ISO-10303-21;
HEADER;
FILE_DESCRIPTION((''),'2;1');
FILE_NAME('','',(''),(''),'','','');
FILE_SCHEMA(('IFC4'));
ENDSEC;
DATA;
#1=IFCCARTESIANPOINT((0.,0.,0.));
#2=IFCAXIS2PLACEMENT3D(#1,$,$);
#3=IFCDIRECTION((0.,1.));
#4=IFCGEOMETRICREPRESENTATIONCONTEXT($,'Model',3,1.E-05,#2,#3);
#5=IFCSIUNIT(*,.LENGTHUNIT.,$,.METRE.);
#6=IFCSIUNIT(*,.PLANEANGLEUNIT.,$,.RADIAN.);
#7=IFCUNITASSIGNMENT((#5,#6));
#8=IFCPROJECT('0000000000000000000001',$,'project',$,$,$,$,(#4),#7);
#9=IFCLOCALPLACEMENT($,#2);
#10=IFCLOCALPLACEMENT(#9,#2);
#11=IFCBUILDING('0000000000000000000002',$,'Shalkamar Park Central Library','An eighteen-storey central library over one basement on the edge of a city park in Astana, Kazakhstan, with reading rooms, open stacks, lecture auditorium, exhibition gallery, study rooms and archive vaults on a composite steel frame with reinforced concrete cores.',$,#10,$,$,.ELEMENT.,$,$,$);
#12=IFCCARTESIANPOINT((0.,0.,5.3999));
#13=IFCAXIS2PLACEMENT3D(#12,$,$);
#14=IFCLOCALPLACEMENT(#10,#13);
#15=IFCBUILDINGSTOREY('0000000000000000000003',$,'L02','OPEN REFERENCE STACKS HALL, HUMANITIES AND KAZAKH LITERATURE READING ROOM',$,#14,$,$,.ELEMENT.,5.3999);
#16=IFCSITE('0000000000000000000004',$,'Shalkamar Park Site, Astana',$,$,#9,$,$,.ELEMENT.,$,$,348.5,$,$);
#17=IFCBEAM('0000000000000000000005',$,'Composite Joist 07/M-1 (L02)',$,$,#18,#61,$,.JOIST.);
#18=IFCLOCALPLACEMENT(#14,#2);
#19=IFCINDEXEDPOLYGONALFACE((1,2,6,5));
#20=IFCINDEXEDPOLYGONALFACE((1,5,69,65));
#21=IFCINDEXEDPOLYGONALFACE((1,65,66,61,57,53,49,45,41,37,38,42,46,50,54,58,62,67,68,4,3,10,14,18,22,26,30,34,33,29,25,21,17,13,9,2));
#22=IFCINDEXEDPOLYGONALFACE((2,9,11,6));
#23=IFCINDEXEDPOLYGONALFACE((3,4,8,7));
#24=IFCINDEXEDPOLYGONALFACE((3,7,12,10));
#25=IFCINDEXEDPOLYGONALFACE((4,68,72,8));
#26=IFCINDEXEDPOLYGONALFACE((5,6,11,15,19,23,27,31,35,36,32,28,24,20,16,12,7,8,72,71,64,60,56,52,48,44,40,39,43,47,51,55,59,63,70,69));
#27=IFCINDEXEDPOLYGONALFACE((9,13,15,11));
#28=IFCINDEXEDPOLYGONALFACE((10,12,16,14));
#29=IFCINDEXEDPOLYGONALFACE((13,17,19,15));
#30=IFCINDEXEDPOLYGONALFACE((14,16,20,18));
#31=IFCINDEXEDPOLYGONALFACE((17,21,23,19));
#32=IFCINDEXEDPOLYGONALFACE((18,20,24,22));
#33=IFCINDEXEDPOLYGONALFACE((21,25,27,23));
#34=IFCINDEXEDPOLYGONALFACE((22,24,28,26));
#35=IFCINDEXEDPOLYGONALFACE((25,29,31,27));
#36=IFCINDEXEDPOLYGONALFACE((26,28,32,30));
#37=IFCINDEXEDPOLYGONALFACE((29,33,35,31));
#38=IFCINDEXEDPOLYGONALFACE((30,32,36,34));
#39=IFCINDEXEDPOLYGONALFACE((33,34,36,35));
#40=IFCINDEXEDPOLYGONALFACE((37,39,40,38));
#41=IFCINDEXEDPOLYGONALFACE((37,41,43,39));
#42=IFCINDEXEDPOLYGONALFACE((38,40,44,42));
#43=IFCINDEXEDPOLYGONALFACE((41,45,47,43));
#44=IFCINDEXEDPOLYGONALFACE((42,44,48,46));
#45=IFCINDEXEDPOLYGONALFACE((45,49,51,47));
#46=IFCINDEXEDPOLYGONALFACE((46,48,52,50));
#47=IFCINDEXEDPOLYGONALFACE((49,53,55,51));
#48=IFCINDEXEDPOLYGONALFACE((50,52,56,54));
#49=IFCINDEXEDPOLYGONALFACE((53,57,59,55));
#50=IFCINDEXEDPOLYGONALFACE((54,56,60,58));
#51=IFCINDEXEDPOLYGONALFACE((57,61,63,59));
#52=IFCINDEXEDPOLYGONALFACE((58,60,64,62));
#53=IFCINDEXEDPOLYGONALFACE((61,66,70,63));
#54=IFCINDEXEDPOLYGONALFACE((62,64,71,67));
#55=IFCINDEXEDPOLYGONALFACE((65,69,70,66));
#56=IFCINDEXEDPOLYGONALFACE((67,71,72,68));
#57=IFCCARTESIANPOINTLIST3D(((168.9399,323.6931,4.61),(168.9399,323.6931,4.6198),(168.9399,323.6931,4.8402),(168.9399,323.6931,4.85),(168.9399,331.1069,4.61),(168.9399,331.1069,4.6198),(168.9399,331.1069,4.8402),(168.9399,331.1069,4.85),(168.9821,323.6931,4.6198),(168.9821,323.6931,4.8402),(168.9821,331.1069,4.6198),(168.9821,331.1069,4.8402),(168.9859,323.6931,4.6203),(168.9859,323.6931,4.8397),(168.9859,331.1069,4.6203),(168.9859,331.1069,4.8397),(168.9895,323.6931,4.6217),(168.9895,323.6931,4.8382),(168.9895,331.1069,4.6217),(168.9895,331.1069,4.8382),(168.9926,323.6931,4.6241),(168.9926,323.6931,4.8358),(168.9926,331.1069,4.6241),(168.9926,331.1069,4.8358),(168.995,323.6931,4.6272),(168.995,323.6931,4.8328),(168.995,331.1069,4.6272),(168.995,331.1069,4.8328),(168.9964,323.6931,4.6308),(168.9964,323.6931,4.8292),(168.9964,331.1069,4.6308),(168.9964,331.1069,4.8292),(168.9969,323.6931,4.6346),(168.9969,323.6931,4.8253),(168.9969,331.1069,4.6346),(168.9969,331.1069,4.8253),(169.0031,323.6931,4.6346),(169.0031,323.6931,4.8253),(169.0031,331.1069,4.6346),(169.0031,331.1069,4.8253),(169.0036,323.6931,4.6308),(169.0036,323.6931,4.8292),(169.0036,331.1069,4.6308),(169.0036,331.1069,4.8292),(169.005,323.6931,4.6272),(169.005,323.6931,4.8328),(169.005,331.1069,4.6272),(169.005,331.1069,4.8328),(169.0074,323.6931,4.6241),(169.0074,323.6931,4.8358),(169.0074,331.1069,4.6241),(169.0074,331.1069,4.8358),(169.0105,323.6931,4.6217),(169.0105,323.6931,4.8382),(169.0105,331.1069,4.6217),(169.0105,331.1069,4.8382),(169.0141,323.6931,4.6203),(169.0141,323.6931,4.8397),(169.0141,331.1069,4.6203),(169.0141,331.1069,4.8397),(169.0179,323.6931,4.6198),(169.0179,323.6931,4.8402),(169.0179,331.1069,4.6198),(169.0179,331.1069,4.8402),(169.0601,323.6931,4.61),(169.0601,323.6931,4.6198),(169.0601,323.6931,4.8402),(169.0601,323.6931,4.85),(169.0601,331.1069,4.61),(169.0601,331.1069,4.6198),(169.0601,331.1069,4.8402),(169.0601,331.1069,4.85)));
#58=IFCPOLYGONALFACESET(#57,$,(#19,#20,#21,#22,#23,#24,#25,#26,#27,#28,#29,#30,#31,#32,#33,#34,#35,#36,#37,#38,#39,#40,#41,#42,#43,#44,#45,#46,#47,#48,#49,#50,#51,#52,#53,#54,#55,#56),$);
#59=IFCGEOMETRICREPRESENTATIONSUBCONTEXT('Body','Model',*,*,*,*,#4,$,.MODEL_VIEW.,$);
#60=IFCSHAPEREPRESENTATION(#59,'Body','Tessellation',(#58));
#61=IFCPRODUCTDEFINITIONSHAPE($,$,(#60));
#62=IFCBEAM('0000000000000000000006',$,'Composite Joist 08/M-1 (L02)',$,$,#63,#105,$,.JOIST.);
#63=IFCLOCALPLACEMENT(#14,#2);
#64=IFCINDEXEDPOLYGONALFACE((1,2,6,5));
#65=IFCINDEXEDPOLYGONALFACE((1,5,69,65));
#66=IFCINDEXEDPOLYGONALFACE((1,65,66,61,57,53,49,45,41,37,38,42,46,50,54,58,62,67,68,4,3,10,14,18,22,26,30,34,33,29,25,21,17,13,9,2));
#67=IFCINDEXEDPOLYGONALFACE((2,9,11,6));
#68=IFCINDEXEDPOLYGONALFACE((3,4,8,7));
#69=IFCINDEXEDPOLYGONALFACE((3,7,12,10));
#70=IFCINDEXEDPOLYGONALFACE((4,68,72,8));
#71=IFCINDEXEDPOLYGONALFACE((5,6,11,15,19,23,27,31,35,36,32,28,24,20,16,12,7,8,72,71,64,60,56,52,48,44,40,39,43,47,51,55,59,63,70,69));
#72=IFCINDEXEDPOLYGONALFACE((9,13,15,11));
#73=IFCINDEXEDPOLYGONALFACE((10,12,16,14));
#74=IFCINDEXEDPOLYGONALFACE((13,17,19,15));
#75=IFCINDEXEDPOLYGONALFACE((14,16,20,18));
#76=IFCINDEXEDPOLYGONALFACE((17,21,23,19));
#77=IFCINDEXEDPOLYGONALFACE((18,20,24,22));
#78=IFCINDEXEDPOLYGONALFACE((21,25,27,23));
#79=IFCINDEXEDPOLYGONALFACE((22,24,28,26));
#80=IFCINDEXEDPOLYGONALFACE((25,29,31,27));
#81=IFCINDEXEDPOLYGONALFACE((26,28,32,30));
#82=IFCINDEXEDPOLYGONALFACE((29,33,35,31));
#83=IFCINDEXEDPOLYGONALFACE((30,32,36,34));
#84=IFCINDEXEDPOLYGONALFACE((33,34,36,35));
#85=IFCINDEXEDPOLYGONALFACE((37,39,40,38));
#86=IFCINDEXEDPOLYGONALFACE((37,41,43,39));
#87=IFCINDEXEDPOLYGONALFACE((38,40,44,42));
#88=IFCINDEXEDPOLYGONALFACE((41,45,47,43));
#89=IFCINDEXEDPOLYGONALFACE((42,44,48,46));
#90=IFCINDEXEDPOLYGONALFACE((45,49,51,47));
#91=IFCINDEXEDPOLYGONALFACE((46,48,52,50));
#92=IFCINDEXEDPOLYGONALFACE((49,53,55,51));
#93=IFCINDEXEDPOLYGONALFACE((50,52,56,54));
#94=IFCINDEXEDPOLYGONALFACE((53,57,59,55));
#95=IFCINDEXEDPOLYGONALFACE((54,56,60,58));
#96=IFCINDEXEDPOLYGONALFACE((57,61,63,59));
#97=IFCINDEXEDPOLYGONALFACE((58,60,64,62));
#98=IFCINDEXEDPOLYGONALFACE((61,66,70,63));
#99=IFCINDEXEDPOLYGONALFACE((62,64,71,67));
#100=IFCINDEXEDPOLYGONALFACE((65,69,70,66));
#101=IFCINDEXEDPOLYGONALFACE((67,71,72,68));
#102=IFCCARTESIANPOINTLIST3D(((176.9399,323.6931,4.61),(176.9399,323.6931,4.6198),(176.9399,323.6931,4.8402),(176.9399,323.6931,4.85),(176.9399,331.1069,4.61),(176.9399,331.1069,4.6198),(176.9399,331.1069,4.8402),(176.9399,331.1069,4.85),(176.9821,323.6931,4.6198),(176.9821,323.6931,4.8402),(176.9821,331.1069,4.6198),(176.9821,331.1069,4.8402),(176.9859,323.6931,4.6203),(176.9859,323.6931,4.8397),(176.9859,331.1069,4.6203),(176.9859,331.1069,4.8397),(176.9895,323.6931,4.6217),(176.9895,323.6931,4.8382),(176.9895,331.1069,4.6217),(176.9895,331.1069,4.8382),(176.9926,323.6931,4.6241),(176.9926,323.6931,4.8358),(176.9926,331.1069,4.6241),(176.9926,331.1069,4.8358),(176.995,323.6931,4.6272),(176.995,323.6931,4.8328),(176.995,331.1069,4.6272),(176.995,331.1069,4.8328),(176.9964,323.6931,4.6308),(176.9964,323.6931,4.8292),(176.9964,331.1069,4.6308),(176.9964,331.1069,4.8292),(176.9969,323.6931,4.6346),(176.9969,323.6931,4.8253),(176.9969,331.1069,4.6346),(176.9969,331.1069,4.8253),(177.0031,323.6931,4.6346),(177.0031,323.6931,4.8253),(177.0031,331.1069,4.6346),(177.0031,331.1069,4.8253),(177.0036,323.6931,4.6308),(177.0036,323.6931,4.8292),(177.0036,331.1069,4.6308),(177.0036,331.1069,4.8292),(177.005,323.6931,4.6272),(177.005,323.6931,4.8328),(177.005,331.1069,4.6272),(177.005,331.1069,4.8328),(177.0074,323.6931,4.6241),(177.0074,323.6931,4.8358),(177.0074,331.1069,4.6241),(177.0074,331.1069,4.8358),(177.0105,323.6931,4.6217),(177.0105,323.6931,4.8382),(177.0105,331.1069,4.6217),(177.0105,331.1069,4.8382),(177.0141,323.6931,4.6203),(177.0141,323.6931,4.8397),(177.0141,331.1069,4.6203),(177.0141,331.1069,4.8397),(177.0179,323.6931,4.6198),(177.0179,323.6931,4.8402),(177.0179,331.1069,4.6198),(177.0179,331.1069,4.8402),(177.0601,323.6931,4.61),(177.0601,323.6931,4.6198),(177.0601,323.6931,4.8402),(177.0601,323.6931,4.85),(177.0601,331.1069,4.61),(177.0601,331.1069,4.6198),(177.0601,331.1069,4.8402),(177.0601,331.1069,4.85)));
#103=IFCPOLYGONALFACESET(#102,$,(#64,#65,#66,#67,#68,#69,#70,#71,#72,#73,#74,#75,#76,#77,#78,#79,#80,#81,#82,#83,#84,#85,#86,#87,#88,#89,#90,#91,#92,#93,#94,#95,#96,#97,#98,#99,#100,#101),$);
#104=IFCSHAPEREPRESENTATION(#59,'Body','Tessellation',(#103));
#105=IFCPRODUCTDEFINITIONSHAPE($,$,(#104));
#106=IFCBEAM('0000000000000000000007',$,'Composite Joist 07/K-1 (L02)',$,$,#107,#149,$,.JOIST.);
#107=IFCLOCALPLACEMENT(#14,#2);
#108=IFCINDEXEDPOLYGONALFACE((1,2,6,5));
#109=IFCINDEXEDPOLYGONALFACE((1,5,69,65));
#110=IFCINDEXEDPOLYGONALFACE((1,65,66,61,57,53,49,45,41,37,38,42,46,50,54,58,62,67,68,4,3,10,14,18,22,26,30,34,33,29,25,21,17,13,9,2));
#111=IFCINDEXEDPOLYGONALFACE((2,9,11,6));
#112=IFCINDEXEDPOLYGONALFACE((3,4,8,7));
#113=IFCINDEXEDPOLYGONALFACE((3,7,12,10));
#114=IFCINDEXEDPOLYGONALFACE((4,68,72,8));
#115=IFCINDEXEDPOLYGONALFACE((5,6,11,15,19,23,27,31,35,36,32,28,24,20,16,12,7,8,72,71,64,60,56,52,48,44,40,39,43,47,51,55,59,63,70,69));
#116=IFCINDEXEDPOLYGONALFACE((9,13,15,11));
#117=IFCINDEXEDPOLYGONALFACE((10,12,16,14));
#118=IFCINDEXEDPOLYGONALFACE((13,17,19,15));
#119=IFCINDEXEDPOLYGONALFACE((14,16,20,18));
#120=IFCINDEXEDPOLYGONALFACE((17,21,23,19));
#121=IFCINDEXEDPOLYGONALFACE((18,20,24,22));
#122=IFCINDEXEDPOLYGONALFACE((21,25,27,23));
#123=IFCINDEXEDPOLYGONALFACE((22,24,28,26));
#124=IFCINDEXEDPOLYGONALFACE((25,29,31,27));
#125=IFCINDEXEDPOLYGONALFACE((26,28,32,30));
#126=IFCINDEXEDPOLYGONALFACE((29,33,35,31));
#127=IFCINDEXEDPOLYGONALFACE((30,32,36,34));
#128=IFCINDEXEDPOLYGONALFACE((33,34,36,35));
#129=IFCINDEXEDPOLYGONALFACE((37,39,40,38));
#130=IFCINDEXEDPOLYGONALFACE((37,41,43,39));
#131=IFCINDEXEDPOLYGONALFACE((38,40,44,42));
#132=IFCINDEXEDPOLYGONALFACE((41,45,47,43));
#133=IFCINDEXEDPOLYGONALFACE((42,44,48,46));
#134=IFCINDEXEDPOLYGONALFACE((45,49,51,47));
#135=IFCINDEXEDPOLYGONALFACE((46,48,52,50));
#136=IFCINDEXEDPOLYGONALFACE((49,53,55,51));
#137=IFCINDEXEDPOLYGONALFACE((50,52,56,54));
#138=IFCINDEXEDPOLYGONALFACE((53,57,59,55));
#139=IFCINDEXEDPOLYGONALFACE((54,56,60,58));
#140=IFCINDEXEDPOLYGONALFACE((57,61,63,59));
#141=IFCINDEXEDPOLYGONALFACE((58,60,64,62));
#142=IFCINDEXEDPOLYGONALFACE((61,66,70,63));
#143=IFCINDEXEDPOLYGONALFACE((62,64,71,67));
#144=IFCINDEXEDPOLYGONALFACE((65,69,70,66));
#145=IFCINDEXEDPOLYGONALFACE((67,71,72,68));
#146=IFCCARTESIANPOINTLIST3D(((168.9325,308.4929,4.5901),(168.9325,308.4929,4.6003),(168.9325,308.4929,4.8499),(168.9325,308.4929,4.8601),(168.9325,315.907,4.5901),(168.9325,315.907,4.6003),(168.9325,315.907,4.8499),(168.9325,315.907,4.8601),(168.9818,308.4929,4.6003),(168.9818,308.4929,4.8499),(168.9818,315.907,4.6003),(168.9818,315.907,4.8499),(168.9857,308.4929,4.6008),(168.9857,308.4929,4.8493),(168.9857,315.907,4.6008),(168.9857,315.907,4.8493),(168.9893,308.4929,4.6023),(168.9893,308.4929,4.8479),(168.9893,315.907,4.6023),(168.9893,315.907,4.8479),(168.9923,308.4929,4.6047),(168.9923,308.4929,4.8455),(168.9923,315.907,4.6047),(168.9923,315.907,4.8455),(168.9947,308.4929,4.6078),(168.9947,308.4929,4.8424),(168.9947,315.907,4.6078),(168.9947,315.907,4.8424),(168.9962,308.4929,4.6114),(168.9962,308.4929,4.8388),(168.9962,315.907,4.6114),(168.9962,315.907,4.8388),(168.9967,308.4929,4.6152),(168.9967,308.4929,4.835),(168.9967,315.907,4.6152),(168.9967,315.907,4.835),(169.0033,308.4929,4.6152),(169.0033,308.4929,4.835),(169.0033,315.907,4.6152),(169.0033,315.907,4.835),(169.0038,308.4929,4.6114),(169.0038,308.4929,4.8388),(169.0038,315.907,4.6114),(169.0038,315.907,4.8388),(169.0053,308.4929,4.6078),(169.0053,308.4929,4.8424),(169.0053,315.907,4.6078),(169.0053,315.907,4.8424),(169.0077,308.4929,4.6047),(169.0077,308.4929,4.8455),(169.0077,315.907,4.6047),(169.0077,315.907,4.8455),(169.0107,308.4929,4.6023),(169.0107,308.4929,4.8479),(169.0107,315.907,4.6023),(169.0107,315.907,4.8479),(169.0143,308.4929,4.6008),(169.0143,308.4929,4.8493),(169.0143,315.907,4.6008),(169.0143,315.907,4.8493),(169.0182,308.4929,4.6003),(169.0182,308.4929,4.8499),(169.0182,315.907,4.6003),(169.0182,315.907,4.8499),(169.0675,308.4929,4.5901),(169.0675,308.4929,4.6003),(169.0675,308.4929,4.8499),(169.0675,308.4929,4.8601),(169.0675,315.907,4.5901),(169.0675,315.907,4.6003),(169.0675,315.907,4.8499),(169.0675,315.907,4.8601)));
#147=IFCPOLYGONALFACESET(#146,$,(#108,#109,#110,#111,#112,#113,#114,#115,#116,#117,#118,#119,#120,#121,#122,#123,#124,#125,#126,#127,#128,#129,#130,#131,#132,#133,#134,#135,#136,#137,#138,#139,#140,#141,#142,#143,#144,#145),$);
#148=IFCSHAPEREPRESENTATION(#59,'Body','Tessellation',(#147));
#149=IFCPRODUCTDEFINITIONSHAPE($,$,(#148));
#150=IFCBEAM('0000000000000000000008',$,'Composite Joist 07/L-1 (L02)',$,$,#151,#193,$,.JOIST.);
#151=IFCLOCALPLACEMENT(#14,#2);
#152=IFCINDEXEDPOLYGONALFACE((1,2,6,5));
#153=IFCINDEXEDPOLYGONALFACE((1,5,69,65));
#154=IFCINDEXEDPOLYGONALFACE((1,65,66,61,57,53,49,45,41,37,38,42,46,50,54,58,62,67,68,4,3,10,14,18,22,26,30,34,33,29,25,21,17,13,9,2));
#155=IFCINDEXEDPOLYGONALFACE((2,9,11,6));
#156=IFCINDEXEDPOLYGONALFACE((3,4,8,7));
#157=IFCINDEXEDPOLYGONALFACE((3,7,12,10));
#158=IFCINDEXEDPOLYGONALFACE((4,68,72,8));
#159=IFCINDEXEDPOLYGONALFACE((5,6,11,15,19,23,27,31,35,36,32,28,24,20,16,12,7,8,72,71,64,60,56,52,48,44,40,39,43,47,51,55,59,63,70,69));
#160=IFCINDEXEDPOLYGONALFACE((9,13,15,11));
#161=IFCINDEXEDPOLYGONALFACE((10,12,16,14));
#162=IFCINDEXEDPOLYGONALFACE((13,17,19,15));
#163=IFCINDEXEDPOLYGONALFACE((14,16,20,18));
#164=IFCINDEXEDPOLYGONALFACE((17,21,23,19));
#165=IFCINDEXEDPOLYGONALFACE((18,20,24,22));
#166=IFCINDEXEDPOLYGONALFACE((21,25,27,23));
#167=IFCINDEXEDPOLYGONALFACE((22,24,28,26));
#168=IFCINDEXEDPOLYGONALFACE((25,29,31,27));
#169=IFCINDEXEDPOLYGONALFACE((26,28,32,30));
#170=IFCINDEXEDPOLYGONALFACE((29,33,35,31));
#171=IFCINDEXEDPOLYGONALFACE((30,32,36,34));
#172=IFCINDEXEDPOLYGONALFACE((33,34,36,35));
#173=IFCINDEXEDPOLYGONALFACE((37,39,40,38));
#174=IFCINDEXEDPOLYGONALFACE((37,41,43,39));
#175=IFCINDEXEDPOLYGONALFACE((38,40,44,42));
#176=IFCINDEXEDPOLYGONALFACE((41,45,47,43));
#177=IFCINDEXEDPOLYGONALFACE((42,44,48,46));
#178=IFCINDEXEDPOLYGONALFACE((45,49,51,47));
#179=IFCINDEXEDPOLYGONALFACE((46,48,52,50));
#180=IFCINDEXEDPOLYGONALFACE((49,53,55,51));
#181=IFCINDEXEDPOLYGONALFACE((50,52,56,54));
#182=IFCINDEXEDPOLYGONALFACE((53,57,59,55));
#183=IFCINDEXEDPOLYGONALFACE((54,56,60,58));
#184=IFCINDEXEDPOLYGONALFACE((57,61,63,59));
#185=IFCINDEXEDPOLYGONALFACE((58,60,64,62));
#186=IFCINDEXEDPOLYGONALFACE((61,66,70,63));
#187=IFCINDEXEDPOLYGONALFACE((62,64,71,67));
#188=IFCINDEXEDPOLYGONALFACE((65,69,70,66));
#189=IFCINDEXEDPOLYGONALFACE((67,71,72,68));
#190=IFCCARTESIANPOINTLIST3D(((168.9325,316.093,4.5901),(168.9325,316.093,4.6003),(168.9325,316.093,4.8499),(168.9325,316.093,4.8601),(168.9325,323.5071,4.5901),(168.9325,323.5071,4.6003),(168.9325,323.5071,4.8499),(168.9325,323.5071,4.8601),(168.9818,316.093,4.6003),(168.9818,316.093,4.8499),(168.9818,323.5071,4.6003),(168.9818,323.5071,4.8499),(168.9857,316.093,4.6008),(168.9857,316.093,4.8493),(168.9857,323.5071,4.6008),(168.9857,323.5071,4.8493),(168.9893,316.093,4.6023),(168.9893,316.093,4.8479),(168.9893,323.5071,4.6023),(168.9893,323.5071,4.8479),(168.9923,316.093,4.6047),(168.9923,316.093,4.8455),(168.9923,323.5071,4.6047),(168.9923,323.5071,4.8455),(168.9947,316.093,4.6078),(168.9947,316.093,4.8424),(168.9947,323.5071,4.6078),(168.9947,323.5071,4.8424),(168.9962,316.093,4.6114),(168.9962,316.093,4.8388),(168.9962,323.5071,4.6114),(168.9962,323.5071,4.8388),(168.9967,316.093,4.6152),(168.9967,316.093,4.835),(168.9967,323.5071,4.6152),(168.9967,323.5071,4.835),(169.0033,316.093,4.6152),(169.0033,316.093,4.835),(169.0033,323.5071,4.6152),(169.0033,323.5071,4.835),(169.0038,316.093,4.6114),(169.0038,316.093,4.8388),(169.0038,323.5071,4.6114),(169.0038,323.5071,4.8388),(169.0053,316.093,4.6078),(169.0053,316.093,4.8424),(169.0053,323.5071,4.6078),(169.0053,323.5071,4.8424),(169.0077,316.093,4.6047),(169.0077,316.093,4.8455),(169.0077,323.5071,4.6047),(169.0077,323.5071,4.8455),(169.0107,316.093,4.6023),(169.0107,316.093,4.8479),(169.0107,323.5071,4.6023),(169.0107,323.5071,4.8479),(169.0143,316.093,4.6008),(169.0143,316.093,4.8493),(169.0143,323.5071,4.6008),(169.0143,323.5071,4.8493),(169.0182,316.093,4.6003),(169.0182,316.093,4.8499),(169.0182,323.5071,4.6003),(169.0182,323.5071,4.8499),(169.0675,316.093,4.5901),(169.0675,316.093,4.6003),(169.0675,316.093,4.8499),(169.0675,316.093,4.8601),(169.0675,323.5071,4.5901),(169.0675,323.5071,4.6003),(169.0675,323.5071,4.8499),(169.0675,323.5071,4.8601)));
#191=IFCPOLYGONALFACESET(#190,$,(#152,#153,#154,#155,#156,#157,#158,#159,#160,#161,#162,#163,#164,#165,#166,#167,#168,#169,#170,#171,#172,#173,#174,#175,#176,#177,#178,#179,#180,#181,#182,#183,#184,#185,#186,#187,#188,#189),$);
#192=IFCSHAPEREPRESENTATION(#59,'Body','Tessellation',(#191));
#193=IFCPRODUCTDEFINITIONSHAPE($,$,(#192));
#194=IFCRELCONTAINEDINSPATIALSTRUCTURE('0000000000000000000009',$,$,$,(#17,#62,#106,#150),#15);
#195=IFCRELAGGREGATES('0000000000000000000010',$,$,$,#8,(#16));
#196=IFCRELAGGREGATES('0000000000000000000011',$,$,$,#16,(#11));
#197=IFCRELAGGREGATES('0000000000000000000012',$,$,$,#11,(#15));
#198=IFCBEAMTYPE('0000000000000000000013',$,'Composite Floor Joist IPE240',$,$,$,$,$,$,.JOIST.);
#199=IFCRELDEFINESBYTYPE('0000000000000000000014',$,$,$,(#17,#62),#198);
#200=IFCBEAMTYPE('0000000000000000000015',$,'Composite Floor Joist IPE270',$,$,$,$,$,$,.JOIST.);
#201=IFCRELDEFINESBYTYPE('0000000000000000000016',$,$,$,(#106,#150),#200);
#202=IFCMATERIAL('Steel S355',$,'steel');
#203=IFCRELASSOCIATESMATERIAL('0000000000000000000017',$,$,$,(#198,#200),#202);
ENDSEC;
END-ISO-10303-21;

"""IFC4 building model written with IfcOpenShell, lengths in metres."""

from ifc_helpers import new_model, si_unit, direction, frame, origin, origin_2d, place, context, subcontext, project, spatial, i_section, extrude, material, material_profile, profile_set, type_object, element, save


model = new_model("IFC4")

# Units and contexts
model_context = context("Model", 3, precision=1e-05, world=origin(), true_north=direction((0.0, 1.0)))
body_context = subcontext(model_context, "Body", "Model", "MODEL_VIEW")
ifc_project = project(units=[si_unit("LENGTHUNIT", "METRE"), si_unit("PLANEANGLEUNIT", "RADIAN")], contexts=[model_context])

# Site, building, storey
site_placement = place(None, origin())
site = spatial("IfcSite", under=ifc_project, at=site_placement, Name="Shalkamar Park Site, Astana", CompositionType="ELEMENT", RefElevation=348.5)
building_placement = place(site_placement, origin())
building = spatial("IfcBuilding", under=site, at=building_placement, Name="Shalkamar Park Central Library", Description="An eighteen-storey central library over one basement on the edge of a city park in Astana, Kazakhstan, with reading rooms, open stacks, lecture auditorium, exhibition gallery, study rooms and archive vaults on a composite steel frame with reinforced concrete cores.", CompositionType="ELEMENT")
storey_placement = place(building_placement, frame((0.0, 0.0, 5.3999)))
storey = spatial("IfcBuildingStorey", under=building, at=storey_placement, Name="L02", Description="OPEN REFERENCE STACKS HALL, HUMANITIES AND KAZAKH LITERATURE READING ROOM", CompositionType="ELEMENT", Elevation=5.3999)

# Shared definitions
ifc_material = material(Name="Steel S355", Category="steel")

# Beams
ifc_material_profile_1 = material_profile(ifc_material, i_section(OverallWidth=0.1201, OverallDepth=0.24, WebThickness=0.0061, FlangeThickness=0.0098, FilletRadius=0.0149, at=origin_2d()), Name="IPE 240")
ifc_profile_set_1 = profile_set([ifc_material_profile_1], Name="Steel S355")
beam_type_1 = type_object("IfcBeamType", Name="Composite Floor Joist IPE240", PredefinedType="JOIST", material=ifc_profile_set_1)
for number, where, z_axis, x_axis, name in (
    (1, (169.0, 323.6931, 4.73), (0.0, 1.0, 0.0), (-1.0, 0.0, 0.0), "Composite Joist 07/M-1 (L02)"),
    (2, (177.0, 323.6931, 4.73), (0.0, 1.0, 0.0), (-1.0, 0.0, 0.0), "Composite Joist 08/M-1 (L02)"),
):
    element("IfcBeam", number, at=place(storey_placement, frame(where, z_axis=z_axis, x_axis=x_axis)), inside=storey, type_object=beam_type_1, Name=name, PredefinedType="JOIST", context=body_context, shape_type="SweptSolid", body=[
        extrude(i_section(OverallWidth=0.1201, OverallDepth=0.24, WebThickness=0.0061, FlangeThickness=0.0098, FilletRadius=0.0149, at=origin_2d()), origin(), (0.0, 0.0, 1.0), 7.4138),
    ])
ifc_material_profile_2 = material_profile(ifc_material, i_section(OverallWidth=0.135, OverallDepth=0.27, WebThickness=0.0066, FlangeThickness=0.0103, FilletRadius=0.0149, at=origin_2d()), Name="IPE 270")
ifc_profile_set_2 = profile_set([ifc_material_profile_2], Name="Steel S355")
beam_type_2 = type_object("IfcBeamType", Name="Composite Floor Joist IPE270", PredefinedType="JOIST", material=ifc_profile_set_2)
for number, where, z_axis, x_axis, name in (
    (3, (169.0, 308.4929, 4.7251), (0.0, 1.0, 0.0), (-1.0, 0.0, 0.0), "Composite Joist 07/K-1 (L02)"),
    (4, (169.0, 316.093, 4.7251), (0.0, 1.0, 0.0), (-1.0, 0.0, 0.0), "Composite Joist 07/L-1 (L02)"),
):
    element("IfcBeam", number, at=place(storey_placement, frame(where, z_axis=z_axis, x_axis=x_axis)), inside=storey, type_object=beam_type_2, Name=name, PredefinedType="JOIST", context=body_context, shape_type="SweptSolid", body=[
        extrude(i_section(OverallWidth=0.135, OverallDepth=0.27, WebThickness=0.0066, FlangeThickness=0.0103, FilletRadius=0.0149, at=origin_2d()), origin(), (0.0, 0.0, 1.0), 7.4141),
    ])

save(model, "model.ifc")
